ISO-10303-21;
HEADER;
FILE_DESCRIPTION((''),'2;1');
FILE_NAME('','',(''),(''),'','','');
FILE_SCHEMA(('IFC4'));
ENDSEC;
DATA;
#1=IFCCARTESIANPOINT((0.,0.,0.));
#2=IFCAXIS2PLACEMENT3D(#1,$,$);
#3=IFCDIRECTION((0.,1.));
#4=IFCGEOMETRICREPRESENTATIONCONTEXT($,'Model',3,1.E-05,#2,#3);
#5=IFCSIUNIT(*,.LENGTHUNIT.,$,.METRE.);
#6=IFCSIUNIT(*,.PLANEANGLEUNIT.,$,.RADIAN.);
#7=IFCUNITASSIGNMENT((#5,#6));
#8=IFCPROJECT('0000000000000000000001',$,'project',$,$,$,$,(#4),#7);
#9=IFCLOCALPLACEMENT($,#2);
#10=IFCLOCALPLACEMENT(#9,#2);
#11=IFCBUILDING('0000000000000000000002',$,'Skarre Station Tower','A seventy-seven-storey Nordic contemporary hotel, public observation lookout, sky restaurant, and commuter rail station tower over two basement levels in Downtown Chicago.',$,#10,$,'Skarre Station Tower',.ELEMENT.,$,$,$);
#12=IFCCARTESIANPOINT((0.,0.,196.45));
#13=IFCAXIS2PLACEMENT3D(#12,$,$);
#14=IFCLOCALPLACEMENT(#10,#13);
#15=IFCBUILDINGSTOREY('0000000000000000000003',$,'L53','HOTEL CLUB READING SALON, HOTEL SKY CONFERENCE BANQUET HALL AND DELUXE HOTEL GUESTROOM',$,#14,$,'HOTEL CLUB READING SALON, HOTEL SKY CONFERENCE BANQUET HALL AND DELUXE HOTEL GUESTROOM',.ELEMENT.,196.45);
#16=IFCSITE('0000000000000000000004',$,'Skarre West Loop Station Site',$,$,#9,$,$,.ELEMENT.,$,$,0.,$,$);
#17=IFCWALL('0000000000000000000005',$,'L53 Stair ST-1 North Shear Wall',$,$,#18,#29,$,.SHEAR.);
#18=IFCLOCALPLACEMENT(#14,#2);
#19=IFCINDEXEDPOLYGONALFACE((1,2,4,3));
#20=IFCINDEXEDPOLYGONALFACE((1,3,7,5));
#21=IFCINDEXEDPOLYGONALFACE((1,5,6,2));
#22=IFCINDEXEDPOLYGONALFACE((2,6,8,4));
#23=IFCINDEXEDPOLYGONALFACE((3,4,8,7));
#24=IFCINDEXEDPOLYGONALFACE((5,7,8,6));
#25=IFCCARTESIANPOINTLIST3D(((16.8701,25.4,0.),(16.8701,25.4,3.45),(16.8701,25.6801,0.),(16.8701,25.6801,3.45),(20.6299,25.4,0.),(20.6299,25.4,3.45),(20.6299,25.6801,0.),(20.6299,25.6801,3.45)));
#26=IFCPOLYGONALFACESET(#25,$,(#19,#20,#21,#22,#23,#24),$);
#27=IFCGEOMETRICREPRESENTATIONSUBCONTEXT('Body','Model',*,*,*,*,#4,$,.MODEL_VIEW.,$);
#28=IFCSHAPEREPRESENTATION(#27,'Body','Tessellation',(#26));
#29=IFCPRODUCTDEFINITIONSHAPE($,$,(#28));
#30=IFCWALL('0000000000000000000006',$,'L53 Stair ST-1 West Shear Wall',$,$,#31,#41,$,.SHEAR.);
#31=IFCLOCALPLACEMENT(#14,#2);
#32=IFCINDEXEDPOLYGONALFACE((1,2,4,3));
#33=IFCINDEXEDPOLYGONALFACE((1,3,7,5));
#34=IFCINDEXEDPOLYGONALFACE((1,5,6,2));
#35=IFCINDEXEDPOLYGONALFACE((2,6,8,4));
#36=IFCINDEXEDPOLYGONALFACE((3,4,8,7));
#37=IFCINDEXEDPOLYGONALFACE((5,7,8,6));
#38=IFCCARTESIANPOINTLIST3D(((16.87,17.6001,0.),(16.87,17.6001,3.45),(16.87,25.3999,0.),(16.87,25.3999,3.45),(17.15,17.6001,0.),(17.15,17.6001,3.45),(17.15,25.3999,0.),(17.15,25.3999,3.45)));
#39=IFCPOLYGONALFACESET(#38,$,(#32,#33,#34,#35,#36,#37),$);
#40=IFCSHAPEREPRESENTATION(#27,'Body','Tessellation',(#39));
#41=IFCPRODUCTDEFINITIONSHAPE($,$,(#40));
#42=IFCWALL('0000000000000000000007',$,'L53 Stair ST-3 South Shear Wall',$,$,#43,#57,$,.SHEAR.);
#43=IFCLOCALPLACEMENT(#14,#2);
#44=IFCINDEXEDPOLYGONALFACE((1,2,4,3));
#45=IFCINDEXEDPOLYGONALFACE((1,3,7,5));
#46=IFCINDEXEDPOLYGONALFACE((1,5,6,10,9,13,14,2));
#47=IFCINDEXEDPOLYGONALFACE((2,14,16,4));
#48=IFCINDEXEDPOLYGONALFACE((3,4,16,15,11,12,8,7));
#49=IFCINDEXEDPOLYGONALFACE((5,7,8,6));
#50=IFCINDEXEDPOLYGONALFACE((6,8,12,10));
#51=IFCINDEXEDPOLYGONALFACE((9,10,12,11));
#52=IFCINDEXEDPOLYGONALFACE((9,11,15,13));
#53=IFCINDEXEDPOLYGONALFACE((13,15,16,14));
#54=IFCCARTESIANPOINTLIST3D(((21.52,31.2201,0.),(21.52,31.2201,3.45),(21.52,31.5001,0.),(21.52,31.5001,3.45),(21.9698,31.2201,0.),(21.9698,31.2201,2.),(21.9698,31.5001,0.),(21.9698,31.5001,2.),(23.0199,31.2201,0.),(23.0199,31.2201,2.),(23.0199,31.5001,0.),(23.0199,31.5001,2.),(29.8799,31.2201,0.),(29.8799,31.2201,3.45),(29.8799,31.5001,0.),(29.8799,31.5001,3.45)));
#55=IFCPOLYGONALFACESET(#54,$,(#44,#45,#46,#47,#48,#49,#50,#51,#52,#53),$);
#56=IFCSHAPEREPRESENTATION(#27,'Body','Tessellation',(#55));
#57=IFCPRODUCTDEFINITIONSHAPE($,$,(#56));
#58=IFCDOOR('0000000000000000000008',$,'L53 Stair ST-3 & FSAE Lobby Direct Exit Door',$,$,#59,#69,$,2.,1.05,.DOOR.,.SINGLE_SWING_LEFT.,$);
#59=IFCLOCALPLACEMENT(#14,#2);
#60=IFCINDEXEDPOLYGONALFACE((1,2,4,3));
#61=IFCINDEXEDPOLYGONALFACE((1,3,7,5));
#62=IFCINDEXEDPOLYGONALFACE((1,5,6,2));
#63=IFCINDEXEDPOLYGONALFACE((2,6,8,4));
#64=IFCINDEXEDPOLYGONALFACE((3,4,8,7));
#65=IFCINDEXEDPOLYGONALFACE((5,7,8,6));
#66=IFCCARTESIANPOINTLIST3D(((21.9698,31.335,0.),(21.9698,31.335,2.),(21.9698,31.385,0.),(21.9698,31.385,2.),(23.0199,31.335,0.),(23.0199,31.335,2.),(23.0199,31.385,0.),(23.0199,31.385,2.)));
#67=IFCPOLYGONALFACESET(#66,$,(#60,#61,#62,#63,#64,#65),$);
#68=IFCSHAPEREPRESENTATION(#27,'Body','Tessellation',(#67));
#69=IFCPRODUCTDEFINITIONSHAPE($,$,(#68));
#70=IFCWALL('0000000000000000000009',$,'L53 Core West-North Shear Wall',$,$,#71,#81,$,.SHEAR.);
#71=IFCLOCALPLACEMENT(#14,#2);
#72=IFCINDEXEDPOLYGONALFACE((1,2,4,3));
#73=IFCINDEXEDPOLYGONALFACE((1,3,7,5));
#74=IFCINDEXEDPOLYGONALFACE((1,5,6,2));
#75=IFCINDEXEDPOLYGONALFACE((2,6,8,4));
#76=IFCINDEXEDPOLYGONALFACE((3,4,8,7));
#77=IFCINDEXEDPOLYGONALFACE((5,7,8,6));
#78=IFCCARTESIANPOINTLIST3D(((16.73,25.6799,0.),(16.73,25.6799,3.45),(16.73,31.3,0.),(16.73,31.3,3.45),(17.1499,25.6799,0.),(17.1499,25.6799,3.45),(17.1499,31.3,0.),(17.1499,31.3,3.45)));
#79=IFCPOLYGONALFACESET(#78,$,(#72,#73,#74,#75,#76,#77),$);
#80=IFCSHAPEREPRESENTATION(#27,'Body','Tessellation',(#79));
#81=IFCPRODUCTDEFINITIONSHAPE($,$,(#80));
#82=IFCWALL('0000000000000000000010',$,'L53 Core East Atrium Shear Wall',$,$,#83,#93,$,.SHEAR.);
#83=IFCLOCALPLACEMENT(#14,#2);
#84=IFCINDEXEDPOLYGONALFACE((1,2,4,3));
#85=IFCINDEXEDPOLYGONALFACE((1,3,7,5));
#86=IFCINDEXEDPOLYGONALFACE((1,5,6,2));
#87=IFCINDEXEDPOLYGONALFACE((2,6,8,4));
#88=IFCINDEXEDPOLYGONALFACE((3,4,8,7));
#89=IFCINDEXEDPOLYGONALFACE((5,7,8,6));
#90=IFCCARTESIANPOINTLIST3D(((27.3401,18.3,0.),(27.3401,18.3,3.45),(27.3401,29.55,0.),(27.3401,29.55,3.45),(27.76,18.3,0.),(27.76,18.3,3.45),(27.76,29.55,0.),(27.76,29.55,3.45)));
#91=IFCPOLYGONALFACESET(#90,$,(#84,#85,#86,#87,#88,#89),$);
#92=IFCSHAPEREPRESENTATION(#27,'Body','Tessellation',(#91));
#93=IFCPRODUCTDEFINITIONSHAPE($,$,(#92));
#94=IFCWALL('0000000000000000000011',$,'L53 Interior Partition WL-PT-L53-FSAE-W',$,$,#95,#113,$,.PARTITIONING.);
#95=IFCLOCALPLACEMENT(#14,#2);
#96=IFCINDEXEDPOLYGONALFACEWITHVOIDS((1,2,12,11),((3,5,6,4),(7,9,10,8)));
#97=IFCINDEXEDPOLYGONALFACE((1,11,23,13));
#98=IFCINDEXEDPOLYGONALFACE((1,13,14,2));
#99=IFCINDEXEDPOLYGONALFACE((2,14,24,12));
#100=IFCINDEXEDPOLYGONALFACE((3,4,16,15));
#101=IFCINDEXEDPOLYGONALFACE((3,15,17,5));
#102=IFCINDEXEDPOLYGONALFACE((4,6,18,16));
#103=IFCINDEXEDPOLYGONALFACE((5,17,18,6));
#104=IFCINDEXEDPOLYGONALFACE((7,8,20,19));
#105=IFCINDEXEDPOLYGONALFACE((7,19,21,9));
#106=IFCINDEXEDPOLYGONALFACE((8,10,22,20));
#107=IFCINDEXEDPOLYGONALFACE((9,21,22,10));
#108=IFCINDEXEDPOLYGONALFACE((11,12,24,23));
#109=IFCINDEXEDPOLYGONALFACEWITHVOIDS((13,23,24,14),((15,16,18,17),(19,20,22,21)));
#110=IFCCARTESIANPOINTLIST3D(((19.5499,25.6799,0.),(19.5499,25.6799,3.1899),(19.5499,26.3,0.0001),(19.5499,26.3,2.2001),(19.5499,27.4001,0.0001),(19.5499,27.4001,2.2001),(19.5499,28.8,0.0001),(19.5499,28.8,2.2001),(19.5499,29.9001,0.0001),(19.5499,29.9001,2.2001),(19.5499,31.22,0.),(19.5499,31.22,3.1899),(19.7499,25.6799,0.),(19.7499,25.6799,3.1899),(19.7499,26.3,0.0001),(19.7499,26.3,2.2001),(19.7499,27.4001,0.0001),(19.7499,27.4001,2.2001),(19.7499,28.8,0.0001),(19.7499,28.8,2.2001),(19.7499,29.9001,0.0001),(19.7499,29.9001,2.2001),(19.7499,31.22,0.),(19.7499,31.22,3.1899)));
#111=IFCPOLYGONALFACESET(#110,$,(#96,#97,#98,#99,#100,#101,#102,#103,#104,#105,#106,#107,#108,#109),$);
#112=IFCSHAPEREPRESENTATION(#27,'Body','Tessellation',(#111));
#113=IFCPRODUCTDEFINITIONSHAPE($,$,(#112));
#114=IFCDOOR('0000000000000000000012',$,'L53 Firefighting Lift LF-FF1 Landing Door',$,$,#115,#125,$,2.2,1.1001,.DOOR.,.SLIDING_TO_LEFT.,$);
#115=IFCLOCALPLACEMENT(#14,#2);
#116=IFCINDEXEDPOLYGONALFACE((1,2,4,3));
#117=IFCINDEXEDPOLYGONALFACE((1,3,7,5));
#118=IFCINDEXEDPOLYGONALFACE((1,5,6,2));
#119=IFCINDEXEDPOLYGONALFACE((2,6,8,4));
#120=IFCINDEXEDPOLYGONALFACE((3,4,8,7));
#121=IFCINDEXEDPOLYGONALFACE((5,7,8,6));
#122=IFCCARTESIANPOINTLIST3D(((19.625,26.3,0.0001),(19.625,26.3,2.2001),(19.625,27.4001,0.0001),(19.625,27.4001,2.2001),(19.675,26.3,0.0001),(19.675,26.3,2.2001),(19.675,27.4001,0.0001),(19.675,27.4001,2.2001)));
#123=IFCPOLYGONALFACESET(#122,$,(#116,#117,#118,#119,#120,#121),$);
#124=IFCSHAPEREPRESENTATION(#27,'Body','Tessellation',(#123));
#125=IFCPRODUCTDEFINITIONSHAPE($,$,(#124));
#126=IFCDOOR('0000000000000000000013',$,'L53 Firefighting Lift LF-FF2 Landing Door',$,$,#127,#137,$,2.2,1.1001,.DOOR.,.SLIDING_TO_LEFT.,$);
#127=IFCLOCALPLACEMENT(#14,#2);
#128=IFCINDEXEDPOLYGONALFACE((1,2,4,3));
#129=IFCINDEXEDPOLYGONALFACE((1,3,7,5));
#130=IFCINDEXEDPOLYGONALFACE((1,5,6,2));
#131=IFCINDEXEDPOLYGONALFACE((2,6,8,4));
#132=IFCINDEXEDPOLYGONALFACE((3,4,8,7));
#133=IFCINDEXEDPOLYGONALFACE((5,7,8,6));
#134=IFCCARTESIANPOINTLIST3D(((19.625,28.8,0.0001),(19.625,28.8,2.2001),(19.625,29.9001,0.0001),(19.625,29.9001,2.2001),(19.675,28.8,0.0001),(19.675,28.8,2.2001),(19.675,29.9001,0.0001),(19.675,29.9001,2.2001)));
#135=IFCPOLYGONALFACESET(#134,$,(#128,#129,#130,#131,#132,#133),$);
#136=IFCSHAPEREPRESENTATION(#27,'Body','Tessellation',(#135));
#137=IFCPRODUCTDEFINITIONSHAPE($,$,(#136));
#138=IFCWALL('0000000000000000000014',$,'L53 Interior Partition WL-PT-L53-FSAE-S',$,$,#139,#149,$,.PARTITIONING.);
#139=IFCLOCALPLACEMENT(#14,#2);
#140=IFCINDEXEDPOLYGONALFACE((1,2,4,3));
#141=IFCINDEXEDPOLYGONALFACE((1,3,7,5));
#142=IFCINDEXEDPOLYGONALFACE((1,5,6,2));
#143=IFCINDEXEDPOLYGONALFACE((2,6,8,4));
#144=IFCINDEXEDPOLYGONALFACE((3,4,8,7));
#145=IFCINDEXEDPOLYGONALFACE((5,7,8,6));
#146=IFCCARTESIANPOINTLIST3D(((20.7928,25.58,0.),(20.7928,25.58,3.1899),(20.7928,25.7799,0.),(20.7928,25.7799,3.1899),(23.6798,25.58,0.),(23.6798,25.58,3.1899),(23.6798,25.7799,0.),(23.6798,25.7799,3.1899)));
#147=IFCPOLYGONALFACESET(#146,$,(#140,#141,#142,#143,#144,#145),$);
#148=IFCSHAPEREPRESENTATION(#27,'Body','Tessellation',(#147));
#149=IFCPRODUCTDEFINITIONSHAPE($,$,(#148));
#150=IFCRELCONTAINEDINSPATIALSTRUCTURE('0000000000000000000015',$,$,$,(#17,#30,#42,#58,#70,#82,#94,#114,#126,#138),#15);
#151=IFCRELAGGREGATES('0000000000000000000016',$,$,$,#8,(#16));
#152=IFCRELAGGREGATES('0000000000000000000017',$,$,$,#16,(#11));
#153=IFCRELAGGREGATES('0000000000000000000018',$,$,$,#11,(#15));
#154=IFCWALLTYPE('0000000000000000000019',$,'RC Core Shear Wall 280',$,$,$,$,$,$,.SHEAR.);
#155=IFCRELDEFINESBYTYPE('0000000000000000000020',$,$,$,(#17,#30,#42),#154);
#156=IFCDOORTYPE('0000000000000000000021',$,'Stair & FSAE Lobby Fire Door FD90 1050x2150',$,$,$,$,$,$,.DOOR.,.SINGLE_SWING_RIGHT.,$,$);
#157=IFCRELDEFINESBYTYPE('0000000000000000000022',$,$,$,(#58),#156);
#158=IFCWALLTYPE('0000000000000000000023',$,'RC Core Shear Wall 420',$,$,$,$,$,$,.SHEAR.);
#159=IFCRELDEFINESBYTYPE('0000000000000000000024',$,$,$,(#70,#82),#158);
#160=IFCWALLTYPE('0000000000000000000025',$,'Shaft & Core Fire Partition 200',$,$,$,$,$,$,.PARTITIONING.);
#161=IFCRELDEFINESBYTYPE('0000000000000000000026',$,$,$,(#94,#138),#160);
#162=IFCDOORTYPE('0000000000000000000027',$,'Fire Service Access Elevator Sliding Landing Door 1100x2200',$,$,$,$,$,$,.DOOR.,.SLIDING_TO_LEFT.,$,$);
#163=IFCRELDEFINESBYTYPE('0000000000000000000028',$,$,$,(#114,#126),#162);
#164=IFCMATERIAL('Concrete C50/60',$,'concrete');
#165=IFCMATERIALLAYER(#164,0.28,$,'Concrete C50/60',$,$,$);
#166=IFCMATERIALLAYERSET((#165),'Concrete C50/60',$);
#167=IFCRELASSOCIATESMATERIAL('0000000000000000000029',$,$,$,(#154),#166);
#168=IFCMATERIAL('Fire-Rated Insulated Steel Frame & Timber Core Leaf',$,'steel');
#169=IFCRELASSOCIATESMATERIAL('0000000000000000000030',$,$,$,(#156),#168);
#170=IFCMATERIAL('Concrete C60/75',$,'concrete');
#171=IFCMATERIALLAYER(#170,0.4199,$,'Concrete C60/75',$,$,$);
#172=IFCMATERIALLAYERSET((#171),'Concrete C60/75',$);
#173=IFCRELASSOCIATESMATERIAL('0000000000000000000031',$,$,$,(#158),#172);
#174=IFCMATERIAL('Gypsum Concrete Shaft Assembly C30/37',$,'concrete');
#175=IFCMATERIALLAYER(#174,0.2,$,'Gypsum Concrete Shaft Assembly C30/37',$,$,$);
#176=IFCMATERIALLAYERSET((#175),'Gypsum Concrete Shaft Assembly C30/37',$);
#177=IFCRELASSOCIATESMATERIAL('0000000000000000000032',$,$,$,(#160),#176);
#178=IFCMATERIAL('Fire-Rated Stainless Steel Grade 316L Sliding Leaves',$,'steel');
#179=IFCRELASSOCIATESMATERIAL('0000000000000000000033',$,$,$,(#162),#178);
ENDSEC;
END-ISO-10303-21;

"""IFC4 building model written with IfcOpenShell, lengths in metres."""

from ifc_helpers import new_model, si_unit, direction, frame, frame_2d, origin, place, context, subcontext, project, spatial, rectangle, extrude, material, layer, layer_set, type_object, element, fill, save


model = new_model("IFC4")

# Units and contexts
model_context = context("Model", 3, precision=1e-05, world=origin(), true_north=direction((0.0, 1.0)))
body_context = subcontext(model_context, "Body", "Model", "MODEL_VIEW")
ifc_project = project(units=[si_unit("LENGTHUNIT", "METRE"), si_unit("PLANEANGLEUNIT", "RADIAN")], contexts=[model_context])

# Site, building, storey
site_placement = place(None, origin())
site = spatial("IfcSite", under=ifc_project, at=site_placement, Name="Skarre West Loop Station Site", CompositionType="ELEMENT", RefElevation=0.0)
building_placement = place(site_placement, origin())
building = spatial("IfcBuilding", under=site, at=building_placement, Name="Skarre Station Tower", Description="A seventy-seven-storey Nordic contemporary hotel, public observation lookout, sky restaurant, and commuter rail station tower over two basement levels in Downtown Chicago.", LongName="Skarre Station Tower", CompositionType="ELEMENT")
storey_placement = place(building_placement, frame((0.0, 0.0, 196.45)))
storey = spatial("IfcBuildingStorey", under=building, at=storey_placement, Name="L53", Description="HOTEL CLUB READING SALON, HOTEL SKY CONFERENCE BANQUET HALL AND DELUXE HOTEL GUESTROOM", LongName="HOTEL CLUB READING SALON, HOTEL SKY CONFERENCE BANQUET HALL AND DELUXE HOTEL GUESTROOM", CompositionType="ELEMENT", Elevation=196.45)

# Shared definitions
ifc_material_1 = material(Name="Concrete C60/75", Category="concrete")
ifc_material_2 = material(Name="Concrete C50/60", Category="concrete")

# Walls
ifc_layer_1 = layer(ifc_material_2, 0.28, Name="Concrete C50/60")
ifc_layer_set_1 = layer_set([ifc_layer_1], Name="Concrete C50/60")
wall_type_1 = type_object("IfcWallType", Name="RC Core Shear Wall 280", PredefinedType="SHEAR", material=ifc_layer_set_1)
wall_1_placement = place(storey_placement, frame((20.6299, 25.54, 0.0), z_axis=(0.0, 0.0, 1.0), x_axis=(-1.0, 0.0, 0.0)))
element("IfcWall", 1, at=wall_1_placement, inside=storey, type_object=wall_type_1, Name="L53 Stair ST-1 North Shear Wall", PredefinedType="SHEAR", context=body_context, shape_type="SweptSolid", body=[
    extrude(rectangle(XDim=3.7598, YDim=0.28, at=frame_2d((1.8799, 0.0))), origin(), (0.0, 0.0, 1.0), 3.45),
])
wall_2_placement = place(storey_placement, frame((17.01, 25.3999, 0.0), z_axis=(0.0, 0.0, 1.0), x_axis=(0.0, -1.0, 0.0)))
element("IfcWall", 2, at=wall_2_placement, inside=storey, type_object=wall_type_1, Name="L53 Stair ST-1 West Shear Wall", PredefinedType="SHEAR", context=body_context, shape_type="SweptSolid", body=[
    extrude(rectangle(XDim=7.7998, YDim=0.28, at=frame_2d((3.8999, 0.0))), origin(), (0.0, 0.0, 1.0), 3.45),
])

# Wall, opening, door
wall_3_placement = place(storey_placement, frame((21.52, 31.3601, 0.0), z_axis=(0.0, 0.0, 1.0), x_axis=(1.0, 0.0, 0.0)))
wall_3 = element("IfcWall", 3, at=wall_3_placement, inside=storey, type_object=wall_type_1, Name="L53 Stair ST-3 South Shear Wall", PredefinedType="SHEAR", context=body_context, shape_type="SweptSolid", body=[
    extrude(rectangle(XDim=8.3599, YDim=0.28, at=frame_2d((4.1799, 0.0))), origin(), (0.0, 0.0, 1.0), 3.45),
])
opening_1_placement = place(wall_3_placement, frame((0.45, 0.0, 0.0)))
opening_1 = element("IfcOpeningElement", 4, at=opening_1_placement, cuts=wall_3, PredefinedType="OPENING", context=body_context, shape_type="SweptSolid", body=[
    extrude(rectangle(XDim=1.05, YDim=2.0, at=frame_2d((0.5249, 1.0))), frame((0.0, 0.1499, 0.0), z_axis=(0.0, -1.0, 0.0), x_axis=(1.0, 0.0, 0.0)), (0.0, 0.0, 1.0), 0.3),
])
ifc_material_3 = material(Name="Fire-Rated Insulated Steel Frame & Timber Core Leaf", Category="steel")
door_type_1 = type_object("IfcDoorType", Name="Stair & FSAE Lobby Fire Door FD90 1050x2150", OperationType="SINGLE_SWING_RIGHT", PredefinedType="DOOR", material=ifc_material_3)
door_1_placement = place(opening_1_placement, origin())
door_1 = element("IfcDoor", 5, at=door_1_placement, inside=storey, type_object=door_type_1, Name="L53 Stair ST-3 & FSAE Lobby Direct Exit Door", OperationType="SINGLE_SWING_LEFT", OverallHeight=2.0, OverallWidth=1.05, PredefinedType="DOOR", context=body_context, shape_type="SweptSolid", body=[
    extrude(rectangle(XDim=1.05, YDim=2.0, at=frame_2d((0.5249, 1.0))), frame((0.0, 0.0249, 0.0), z_axis=(0.0, -1.0, 0.0), x_axis=(1.0, 0.0, 0.0)), (0.0, 0.0, 1.0), 0.05),
])
fill(opening_1, door_1)

# Walls
ifc_layer_2 = layer(ifc_material_1, 0.4199, Name="Concrete C60/75")
ifc_layer_set_2 = layer_set([ifc_layer_2], Name="Concrete C60/75")
wall_type_2 = type_object("IfcWallType", Name="RC Core Shear Wall 420", PredefinedType="SHEAR", material=ifc_layer_set_2)
wall_4_placement = place(storey_placement, frame((16.9399, 25.6799, 0.0), z_axis=(0.0, 0.0, 1.0), x_axis=(0.0, 1.0, 0.0)))
element("IfcWall", 6, at=wall_4_placement, inside=storey, type_object=wall_type_2, Name="L53 Core West-North Shear Wall", PredefinedType="SHEAR", context=body_context, shape_type="SweptSolid", body=[
    extrude(rectangle(XDim=5.6201, YDim=0.4199, at=frame_2d((2.8101, 0.0))), origin(), (0.0, 0.0, 1.0), 3.45),
])
wall_5_placement = place(storey_placement, frame((27.55, 29.55, 0.0), z_axis=(0.0, 0.0, 1.0), x_axis=(0.0, -1.0, 0.0)))
element("IfcWall", 7, at=wall_5_placement, inside=storey, type_object=wall_type_2, Name="L53 Core East Atrium Shear Wall", PredefinedType="SHEAR", context=body_context, shape_type="SweptSolid", body=[
    extrude(rectangle(XDim=11.25, YDim=0.4199, at=frame_2d((5.625, 0.0))), origin(), (0.0, 0.0, 1.0), 3.45),
])

# Wall, openings, doors
ifc_material_4 = material(Name="Gypsum Concrete Shaft Assembly C30/37", Category="concrete")
ifc_layer_3 = layer(ifc_material_4, 0.2, Name="Gypsum Concrete Shaft Assembly C30/37")
ifc_layer_set_3 = layer_set([ifc_layer_3], Name="Gypsum Concrete Shaft Assembly C30/37")
wall_type_3 = type_object("IfcWallType", Name="Shaft & Core Fire Partition 200", PredefinedType="PARTITIONING", material=ifc_layer_set_3)
wall_6_placement = place(storey_placement, frame((19.6499, 25.6799, 0.0), z_axis=(0.0, 0.0, 1.0), x_axis=(0.0, 1.0, 0.0)))
wall_6 = element("IfcWall", 8, at=wall_6_placement, inside=storey, type_object=wall_type_3, Name="L53 Interior Partition WL-PT-L53-FSAE-W", PredefinedType="PARTITIONING", context=body_context, shape_type="SweptSolid", body=[
    extrude(rectangle(XDim=5.54, YDim=0.2, at=frame_2d((2.77, 0.0))), origin(), (0.0, 0.0, 1.0), 3.1899),
])
opening_2_placement = place(wall_6_placement, frame((0.6201, 0.0, 0.0)))
opening_2 = element("IfcOpeningElement", 9, at=opening_2_placement, cuts=wall_6, PredefinedType="OPENING", context=body_context, shape_type="SweptSolid", body=[
    extrude(rectangle(XDim=1.1001, YDim=2.2, at=frame_2d((0.55, 1.1001))), frame((0.0, 0.1099, 0.0), z_axis=(0.0, -1.0, 0.0), x_axis=(1.0, 0.0, 0.0)), (0.0, 0.0, 1.0), 0.22),
])
opening_3_placement = place(wall_6_placement, frame((3.1201, 0.0, 0.0)))
opening_3 = element("IfcOpeningElement", 10, at=opening_3_placement, cuts=wall_6, PredefinedType="OPENING", context=body_context, shape_type="SweptSolid", body=[
    extrude(rectangle(XDim=1.1001, YDim=2.2, at=frame_2d((0.55, 1.1001))), frame((0.0, 0.1099, 0.0), z_axis=(0.0, -1.0, 0.0), x_axis=(1.0, 0.0, 0.0)), (0.0, 0.0, 1.0), 0.22),
])
ifc_material_5 = material(Name="Fire-Rated Stainless Steel Grade 316L Sliding Leaves", Category="steel")
door_type_2 = type_object("IfcDoorType", Name="Fire Service Access Elevator Sliding Landing Door 1100x2200", OperationType="SLIDING_TO_LEFT", PredefinedType="DOOR", material=ifc_material_5)
door_2_placement = place(opening_2_placement, origin())
door_2 = element("IfcDoor", 11, at=door_2_placement, inside=storey, type_object=door_type_2, Name="L53 Firefighting Lift LF-FF1 Landing Door", OperationType="SLIDING_TO_LEFT", OverallHeight=2.2, OverallWidth=1.1001, PredefinedType="DOOR", context=body_context, shape_type="SweptSolid", body=[
    extrude(rectangle(XDim=1.1001, YDim=2.2, at=frame_2d((0.55, 1.1001))), frame((0.0, 0.0249, 0.0), z_axis=(0.0, -1.0, 0.0), x_axis=(1.0, 0.0, 0.0)), (0.0, 0.0, 1.0), 0.05),
])
fill(opening_2, door_2)
door_3_placement = place(opening_3_placement, origin())
door_3 = element("IfcDoor", 12, at=door_3_placement, inside=storey, type_object=door_type_2, Name="L53 Firefighting Lift LF-FF2 Landing Door", OperationType="SLIDING_TO_LEFT", OverallHeight=2.2, OverallWidth=1.1001, PredefinedType="DOOR", context=body_context, shape_type="SweptSolid", body=[
    extrude(rectangle(XDim=1.1001, YDim=2.2, at=frame_2d((0.55, 1.1001))), frame((0.0, 0.0249, 0.0), z_axis=(0.0, -1.0, 0.0), x_axis=(1.0, 0.0, 0.0)), (0.0, 0.0, 1.0), 0.05),
])
fill(opening_3, door_3)

# Wall
wall_7_placement = place(storey_placement, frame((20.793, 25.6799, 0.0), z_axis=(0.0, 0.0, 1.0), x_axis=(1.0, 0.0, 0.0)))
element("IfcWall", 13, at=wall_7_placement, inside=storey, type_object=wall_type_3, Name="L53 Interior Partition WL-PT-L53-FSAE-S", PredefinedType="PARTITIONING", context=body_context, shape_type="SweptSolid", body=[
    extrude(rectangle(XDim=2.887, YDim=0.2, at=frame_2d((1.4434, 0.0))), origin(), (0.0, 0.0, 1.0), 3.1899),
])

save(model, "model.ifc")
